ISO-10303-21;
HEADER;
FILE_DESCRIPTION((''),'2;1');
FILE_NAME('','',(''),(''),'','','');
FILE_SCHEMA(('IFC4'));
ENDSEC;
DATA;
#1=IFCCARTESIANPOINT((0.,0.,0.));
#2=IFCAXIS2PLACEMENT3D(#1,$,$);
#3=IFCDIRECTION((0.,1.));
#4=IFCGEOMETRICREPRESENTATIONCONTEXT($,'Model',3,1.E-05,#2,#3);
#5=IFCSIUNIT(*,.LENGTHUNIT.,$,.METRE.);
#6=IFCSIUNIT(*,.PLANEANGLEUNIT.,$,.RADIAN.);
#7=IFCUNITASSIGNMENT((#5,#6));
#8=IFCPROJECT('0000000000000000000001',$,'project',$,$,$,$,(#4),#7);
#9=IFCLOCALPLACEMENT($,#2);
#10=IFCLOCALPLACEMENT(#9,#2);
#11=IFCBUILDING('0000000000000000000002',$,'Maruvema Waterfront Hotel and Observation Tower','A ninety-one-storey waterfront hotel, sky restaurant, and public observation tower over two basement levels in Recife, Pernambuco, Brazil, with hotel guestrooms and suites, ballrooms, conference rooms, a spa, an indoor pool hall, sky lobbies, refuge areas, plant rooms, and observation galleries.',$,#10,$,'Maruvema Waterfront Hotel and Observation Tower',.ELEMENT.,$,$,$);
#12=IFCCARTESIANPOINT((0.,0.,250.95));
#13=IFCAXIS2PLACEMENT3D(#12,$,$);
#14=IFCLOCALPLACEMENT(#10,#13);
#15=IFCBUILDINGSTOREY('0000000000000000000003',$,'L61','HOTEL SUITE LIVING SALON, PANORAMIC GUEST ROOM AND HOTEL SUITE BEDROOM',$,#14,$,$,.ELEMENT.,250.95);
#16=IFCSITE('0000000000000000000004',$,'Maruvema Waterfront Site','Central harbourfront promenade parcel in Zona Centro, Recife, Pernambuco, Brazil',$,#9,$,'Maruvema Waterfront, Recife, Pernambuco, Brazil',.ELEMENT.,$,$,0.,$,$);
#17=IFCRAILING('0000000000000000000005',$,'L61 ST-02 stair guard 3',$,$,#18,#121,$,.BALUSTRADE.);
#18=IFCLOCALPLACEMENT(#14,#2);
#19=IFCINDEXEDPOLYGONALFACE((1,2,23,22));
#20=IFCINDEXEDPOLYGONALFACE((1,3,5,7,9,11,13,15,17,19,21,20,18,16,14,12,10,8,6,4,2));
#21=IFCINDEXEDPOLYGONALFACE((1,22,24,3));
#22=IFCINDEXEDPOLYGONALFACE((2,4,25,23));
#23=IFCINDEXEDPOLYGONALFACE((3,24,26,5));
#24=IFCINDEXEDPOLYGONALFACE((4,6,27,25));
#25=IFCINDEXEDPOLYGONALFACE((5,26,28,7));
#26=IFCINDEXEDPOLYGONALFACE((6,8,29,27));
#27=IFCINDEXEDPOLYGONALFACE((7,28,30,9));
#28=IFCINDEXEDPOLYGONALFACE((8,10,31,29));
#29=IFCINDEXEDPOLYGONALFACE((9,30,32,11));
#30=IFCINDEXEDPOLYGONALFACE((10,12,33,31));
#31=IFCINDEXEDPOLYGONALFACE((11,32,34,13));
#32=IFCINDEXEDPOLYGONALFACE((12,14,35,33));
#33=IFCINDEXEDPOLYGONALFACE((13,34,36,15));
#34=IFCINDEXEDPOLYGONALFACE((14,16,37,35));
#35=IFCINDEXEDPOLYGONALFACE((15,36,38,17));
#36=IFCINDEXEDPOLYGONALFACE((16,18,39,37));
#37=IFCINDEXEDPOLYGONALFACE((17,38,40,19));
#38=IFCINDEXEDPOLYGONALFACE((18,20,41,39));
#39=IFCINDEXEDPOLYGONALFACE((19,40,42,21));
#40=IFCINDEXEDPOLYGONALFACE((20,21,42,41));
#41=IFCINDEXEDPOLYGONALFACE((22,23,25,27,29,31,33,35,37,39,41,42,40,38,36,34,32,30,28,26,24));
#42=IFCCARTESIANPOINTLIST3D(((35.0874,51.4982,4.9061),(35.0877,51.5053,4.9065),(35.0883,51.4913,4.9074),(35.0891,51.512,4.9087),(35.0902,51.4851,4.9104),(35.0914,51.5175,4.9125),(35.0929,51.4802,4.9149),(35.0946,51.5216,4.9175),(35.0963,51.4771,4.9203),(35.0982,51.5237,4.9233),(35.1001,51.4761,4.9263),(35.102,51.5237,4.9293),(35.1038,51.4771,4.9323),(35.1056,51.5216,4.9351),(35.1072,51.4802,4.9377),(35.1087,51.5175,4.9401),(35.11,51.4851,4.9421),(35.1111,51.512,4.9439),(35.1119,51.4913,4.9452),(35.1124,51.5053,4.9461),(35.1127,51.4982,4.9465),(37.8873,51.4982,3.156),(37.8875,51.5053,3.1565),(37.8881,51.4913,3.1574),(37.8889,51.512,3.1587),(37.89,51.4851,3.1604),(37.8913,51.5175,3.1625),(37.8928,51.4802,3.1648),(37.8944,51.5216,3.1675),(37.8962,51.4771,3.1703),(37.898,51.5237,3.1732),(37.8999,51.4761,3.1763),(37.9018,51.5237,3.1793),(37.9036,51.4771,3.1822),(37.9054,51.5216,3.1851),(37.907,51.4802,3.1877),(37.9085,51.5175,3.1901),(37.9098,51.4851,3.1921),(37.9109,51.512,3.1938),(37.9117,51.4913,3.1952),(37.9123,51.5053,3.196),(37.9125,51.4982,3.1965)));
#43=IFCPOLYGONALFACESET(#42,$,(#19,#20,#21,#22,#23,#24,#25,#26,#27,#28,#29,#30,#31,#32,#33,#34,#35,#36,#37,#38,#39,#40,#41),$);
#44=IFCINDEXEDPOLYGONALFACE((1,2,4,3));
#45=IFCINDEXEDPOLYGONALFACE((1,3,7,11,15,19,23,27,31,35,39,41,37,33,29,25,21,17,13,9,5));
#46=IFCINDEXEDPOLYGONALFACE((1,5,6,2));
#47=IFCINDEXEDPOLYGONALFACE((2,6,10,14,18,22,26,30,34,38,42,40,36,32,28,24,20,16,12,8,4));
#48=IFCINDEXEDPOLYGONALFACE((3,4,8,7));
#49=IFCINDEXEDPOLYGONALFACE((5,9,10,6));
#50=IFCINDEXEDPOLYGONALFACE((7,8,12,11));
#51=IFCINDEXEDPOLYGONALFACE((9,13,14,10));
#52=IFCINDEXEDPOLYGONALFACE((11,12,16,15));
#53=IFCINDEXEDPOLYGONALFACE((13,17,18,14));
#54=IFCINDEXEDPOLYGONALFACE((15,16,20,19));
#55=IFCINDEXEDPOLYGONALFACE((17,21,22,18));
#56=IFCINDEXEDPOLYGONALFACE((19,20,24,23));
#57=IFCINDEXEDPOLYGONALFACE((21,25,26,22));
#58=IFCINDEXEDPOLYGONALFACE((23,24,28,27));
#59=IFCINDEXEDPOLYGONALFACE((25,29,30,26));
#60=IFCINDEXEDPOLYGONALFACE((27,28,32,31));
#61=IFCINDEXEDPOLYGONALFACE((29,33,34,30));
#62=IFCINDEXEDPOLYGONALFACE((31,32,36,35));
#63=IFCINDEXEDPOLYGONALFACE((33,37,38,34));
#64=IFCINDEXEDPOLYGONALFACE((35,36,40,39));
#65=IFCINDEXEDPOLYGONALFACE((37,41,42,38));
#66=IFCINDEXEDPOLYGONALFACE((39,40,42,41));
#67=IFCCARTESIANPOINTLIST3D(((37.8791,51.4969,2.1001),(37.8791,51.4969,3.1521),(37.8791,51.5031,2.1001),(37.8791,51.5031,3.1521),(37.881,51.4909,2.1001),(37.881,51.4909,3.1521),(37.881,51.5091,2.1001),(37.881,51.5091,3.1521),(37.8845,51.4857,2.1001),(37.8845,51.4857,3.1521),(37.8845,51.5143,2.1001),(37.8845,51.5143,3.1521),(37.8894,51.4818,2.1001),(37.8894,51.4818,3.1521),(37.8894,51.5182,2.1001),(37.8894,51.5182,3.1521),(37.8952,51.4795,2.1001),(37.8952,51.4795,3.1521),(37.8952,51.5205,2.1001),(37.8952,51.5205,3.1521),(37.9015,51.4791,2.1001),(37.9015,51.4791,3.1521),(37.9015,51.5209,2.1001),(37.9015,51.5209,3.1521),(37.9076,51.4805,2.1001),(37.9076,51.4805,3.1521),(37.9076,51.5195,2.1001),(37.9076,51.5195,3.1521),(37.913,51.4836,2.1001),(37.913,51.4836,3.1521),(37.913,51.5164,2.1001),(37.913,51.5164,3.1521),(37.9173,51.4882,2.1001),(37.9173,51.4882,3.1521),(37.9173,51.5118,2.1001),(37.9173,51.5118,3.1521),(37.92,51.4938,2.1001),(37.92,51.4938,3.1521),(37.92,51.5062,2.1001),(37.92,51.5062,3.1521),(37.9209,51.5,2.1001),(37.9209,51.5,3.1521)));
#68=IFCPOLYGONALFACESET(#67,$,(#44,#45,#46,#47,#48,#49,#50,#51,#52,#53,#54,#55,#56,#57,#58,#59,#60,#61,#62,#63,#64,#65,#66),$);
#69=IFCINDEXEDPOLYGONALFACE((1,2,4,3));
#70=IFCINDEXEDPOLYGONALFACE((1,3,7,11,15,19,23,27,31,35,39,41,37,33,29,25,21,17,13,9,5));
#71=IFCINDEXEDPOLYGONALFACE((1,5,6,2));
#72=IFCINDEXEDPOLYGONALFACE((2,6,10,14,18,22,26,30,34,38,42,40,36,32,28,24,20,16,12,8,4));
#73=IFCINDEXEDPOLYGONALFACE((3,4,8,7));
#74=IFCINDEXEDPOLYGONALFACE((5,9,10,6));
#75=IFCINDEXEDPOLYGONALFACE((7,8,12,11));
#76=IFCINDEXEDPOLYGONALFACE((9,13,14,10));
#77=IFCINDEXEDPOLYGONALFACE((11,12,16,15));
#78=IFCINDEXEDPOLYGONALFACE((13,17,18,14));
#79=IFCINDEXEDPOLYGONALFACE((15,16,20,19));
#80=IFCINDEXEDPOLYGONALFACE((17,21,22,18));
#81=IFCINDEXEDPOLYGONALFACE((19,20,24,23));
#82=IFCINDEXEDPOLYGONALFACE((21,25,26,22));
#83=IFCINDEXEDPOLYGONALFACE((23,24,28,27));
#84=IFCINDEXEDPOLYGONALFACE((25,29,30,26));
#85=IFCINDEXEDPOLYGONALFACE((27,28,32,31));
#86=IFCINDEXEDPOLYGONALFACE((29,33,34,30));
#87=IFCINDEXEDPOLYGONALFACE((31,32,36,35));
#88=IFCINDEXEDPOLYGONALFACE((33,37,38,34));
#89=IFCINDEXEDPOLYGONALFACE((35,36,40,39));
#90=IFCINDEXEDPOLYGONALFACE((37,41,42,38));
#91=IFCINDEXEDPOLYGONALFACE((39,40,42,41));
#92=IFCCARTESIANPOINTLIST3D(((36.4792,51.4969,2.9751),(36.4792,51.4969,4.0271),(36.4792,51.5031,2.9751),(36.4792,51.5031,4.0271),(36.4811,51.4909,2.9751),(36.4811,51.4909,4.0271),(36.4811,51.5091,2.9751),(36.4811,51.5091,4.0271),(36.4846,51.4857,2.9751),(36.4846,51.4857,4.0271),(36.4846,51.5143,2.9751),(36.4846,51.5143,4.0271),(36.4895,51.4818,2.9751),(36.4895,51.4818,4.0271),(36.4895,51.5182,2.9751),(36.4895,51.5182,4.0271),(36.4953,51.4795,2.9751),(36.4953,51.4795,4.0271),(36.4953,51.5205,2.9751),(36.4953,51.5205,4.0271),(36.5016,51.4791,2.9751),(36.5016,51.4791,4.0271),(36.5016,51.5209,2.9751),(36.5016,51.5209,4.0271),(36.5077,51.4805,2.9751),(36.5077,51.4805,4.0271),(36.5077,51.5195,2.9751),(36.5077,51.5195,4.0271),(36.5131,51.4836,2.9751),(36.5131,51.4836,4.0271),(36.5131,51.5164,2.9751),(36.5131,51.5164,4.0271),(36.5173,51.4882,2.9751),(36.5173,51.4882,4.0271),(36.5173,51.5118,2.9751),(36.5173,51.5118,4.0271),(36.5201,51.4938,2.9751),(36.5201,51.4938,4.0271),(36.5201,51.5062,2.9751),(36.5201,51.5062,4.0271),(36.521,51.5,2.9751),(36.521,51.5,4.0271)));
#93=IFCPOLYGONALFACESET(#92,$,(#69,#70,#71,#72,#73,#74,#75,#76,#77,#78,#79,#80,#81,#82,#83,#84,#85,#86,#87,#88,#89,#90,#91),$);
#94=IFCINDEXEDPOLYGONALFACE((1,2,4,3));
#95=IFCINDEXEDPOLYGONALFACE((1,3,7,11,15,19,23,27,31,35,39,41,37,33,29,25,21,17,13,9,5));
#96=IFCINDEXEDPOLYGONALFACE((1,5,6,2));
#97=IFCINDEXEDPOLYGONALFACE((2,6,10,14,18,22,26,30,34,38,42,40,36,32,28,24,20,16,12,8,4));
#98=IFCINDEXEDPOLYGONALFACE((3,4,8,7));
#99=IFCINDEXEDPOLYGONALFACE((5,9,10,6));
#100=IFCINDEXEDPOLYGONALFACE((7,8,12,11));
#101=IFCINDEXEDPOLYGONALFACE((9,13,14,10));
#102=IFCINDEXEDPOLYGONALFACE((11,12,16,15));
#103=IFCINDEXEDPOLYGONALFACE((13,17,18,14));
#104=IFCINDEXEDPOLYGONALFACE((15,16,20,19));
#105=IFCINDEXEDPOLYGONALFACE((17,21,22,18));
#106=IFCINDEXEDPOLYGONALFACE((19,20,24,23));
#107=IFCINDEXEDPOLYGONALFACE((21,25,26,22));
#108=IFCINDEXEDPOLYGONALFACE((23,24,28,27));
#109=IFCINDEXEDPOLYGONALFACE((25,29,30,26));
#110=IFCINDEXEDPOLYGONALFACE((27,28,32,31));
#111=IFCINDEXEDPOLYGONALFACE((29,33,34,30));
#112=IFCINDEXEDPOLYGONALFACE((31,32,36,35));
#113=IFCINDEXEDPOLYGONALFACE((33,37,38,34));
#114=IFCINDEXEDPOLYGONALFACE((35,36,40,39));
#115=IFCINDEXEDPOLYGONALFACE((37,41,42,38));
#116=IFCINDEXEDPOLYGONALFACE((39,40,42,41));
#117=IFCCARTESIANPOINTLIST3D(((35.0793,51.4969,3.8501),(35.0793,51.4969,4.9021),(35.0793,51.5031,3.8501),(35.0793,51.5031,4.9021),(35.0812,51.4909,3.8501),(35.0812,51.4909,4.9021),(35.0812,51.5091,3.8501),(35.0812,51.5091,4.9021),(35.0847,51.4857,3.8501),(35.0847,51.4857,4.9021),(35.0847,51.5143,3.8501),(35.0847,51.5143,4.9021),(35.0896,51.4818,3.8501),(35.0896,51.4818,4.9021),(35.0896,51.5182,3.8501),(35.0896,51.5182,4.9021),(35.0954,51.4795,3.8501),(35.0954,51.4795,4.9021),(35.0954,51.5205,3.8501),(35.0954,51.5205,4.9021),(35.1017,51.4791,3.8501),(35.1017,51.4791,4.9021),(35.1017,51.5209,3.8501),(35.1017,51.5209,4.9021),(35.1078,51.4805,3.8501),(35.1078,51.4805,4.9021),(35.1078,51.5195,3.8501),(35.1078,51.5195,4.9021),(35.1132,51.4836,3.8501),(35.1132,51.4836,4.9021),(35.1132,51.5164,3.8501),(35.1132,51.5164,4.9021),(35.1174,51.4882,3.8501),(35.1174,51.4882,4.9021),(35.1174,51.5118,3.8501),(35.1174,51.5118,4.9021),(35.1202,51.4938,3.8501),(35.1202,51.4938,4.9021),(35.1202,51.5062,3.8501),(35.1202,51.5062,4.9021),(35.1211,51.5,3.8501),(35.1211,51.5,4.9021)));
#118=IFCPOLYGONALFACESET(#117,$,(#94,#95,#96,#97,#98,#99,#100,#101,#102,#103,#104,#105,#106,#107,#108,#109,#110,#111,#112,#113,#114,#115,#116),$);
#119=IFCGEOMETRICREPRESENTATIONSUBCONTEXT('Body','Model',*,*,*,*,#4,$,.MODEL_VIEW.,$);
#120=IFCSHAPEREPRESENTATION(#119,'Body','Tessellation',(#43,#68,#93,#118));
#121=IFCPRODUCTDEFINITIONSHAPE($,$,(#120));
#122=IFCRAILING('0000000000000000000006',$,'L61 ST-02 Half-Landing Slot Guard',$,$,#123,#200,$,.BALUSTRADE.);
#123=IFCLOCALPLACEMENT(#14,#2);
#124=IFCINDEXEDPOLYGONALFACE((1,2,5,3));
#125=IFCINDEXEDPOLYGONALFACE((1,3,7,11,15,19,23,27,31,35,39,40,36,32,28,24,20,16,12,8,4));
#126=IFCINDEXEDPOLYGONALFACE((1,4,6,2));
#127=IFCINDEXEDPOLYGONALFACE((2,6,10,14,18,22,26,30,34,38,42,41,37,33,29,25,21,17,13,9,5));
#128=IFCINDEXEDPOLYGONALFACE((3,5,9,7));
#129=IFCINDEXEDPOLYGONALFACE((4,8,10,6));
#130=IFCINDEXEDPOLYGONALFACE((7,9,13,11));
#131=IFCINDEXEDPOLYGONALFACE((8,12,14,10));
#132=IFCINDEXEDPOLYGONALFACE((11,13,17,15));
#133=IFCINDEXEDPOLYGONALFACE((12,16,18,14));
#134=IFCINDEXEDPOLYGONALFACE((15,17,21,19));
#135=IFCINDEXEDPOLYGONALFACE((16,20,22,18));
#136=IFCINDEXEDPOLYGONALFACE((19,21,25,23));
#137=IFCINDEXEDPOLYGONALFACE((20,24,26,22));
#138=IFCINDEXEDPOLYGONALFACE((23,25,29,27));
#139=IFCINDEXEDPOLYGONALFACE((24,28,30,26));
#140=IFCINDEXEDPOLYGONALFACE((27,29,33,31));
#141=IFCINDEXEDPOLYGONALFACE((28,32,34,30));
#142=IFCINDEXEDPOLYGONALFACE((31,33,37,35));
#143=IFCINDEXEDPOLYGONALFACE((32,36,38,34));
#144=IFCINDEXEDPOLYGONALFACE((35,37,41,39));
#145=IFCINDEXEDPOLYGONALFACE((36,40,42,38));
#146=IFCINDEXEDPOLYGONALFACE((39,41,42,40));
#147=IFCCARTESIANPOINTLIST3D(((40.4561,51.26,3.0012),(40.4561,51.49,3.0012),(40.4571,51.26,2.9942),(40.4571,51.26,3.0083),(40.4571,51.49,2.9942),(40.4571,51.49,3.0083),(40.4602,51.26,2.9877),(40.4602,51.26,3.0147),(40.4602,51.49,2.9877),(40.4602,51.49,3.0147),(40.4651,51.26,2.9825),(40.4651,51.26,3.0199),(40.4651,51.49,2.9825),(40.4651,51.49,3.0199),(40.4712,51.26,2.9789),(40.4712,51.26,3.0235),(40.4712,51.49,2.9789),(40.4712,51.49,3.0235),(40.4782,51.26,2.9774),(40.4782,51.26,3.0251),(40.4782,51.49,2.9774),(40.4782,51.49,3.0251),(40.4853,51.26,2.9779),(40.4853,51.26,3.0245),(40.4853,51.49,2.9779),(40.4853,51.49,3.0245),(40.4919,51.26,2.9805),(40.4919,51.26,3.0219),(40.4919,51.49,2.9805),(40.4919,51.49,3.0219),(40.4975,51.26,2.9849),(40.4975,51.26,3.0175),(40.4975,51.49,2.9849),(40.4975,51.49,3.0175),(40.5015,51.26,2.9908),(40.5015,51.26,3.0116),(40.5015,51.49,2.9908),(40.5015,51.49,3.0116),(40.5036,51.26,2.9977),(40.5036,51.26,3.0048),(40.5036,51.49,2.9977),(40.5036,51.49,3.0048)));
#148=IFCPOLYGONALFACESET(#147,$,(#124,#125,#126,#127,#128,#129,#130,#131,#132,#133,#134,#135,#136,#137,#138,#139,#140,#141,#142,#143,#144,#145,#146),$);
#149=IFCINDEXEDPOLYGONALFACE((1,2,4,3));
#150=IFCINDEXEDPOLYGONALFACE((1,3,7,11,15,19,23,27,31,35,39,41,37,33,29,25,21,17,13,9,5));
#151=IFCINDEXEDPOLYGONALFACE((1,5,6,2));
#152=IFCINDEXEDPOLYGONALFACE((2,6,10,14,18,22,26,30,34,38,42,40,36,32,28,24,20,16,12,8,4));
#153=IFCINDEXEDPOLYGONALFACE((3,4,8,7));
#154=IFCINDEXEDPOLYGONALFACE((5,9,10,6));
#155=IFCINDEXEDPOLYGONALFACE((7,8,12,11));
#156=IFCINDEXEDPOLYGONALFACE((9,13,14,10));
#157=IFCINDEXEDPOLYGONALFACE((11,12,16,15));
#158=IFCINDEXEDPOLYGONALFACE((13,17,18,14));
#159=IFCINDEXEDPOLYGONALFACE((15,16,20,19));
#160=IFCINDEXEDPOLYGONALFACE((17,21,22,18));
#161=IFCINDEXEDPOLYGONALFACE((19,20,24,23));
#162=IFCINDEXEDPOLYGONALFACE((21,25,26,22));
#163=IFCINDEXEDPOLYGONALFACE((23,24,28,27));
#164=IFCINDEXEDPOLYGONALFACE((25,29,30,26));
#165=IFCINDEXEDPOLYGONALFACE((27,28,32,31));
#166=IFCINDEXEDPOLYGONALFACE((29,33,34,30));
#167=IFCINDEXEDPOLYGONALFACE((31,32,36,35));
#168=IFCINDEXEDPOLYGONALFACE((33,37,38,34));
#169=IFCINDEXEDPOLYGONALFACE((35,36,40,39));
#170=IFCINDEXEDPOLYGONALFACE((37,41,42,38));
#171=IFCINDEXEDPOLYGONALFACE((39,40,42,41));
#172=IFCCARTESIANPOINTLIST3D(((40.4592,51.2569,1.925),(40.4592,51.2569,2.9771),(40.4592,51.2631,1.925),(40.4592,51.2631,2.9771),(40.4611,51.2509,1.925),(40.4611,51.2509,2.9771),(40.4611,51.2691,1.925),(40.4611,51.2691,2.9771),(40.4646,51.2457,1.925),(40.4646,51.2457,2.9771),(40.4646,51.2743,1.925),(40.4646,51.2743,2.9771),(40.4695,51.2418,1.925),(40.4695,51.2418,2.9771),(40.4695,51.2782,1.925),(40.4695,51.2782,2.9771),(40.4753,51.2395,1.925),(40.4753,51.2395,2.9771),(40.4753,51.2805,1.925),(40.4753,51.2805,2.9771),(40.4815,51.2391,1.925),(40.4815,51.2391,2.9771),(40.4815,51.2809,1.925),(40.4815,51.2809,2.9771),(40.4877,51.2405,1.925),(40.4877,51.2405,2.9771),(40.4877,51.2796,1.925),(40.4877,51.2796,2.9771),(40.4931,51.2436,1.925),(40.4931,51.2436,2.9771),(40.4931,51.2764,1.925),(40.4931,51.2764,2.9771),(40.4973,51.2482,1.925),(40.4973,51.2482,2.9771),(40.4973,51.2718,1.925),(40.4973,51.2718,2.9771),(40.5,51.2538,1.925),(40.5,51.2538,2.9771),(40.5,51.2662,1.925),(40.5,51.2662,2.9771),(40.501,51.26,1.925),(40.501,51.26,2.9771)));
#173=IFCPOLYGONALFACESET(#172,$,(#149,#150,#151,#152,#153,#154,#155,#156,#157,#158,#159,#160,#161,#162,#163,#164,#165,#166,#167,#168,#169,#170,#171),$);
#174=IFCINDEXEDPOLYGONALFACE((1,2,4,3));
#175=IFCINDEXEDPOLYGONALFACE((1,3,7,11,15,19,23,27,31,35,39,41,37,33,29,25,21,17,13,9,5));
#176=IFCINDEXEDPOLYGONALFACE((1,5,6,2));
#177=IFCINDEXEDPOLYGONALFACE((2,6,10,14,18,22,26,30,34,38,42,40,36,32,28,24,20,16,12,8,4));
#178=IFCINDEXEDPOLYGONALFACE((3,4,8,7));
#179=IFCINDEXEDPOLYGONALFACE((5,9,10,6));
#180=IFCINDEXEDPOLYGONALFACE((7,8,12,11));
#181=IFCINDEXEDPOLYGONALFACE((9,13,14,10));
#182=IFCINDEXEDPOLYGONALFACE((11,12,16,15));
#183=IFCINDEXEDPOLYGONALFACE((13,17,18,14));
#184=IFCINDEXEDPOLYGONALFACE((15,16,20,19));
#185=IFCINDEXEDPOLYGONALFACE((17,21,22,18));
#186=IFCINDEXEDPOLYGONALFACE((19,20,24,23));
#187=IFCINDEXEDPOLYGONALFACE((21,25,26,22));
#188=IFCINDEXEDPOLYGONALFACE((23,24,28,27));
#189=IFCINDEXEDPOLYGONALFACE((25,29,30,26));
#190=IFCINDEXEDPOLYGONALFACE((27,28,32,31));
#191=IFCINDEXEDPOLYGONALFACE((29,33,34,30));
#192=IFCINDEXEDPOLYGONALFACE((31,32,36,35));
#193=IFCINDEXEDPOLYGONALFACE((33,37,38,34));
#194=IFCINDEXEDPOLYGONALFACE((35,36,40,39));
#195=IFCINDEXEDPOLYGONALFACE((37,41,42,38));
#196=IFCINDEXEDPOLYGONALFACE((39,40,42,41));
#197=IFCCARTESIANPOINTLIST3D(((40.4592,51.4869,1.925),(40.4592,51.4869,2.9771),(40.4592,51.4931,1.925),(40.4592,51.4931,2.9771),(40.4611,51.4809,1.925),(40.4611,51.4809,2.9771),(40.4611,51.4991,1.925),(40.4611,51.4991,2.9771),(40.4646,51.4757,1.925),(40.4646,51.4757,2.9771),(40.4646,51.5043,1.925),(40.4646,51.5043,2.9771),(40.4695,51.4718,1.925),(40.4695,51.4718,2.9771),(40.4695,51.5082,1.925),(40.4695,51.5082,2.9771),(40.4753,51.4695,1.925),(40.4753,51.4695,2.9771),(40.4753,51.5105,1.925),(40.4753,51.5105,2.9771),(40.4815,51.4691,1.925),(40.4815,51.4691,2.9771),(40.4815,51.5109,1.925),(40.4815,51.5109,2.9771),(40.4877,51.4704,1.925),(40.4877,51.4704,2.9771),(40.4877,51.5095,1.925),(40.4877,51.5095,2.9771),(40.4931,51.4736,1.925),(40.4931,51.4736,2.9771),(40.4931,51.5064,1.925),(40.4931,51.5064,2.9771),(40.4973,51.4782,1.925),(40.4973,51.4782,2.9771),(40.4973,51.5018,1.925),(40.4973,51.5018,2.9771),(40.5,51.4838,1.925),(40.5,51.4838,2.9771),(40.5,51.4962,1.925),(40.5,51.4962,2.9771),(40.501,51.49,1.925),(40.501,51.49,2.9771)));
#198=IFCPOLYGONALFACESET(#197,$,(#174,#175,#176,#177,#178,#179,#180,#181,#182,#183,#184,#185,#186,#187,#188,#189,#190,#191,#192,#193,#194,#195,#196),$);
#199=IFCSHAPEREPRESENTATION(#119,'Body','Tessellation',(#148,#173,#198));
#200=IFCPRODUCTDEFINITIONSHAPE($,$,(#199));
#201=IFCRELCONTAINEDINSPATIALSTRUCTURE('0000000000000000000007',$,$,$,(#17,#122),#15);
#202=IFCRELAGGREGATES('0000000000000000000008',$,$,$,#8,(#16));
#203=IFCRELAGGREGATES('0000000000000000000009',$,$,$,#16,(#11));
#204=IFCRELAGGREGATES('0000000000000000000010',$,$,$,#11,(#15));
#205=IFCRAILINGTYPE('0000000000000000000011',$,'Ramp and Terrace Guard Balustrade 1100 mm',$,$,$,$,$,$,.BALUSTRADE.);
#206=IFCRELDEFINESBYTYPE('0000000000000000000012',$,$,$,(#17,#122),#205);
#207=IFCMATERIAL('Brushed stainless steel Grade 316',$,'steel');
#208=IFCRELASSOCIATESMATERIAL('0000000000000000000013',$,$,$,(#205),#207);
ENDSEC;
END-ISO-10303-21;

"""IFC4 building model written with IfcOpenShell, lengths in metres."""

from ifc_helpers import new_model, si_unit, direction, frame, origin, origin_2d, place, context, subcontext, project, spatial, circle, extrude, material, type_object, element, save


model = new_model("IFC4")

# Units and contexts
model_context = context("Model", 3, precision=1e-05, world=origin(), true_north=direction((0.0, 1.0)))
body_context = subcontext(model_context, "Body", "Model", "MODEL_VIEW")
ifc_project = project(units=[si_unit("LENGTHUNIT", "METRE"), si_unit("PLANEANGLEUNIT", "RADIAN")], contexts=[model_context])

# Site, building, storey
site_placement = place(None, origin())
site = spatial("IfcSite", under=ifc_project, at=site_placement, Name="Maruvema Waterfront Site", Description="Central harbourfront promenade parcel in Zona Centro, Recife, Pernambuco, Brazil", LongName="Maruvema Waterfront, Recife, Pernambuco, Brazil", CompositionType="ELEMENT", RefElevation=0.0)
building_placement = place(site_placement, origin())
building = spatial("IfcBuilding", under=site, at=building_placement, Name="Maruvema Waterfront Hotel and Observation Tower", Description="A ninety-one-storey waterfront hotel, sky restaurant, and public observation tower over two basement levels in Recife, Pernambuco, Brazil, with hotel guestrooms and suites, ballrooms, conference rooms, a spa, an indoor pool hall, sky lobbies, refuge areas, plant rooms, and observation galleries.", LongName="Maruvema Waterfront Hotel and Observation Tower", CompositionType="ELEMENT")
storey_placement = place(building_placement, frame((0.0, 0.0, 250.95)))
storey = spatial("IfcBuildingStorey", under=building, at=storey_placement, Name="L61", Description="HOTEL SUITE LIVING SALON, PANORAMIC GUEST ROOM AND HOTEL SUITE BEDROOM", CompositionType="ELEMENT", Elevation=250.95)

# Railings
ifc_material_1 = material(Name="Brushed stainless steel Grade 316", Category="steel")
railing_type_1 = type_object("IfcRailingType", Name="Ramp and Terrace Guard Balustrade 1100 mm", PredefinedType="BALUSTRADE", material=ifc_material_1)
railing_1_placement = place(storey_placement, frame((37.8999, 51.5, 2.1001)))
element("IfcRailing", 1, at=railing_1_placement, inside=storey, type_object=railing_type_1, Name="L61 ST-02 stair guard 3", PredefinedType="BALUSTRADE", context=body_context, shape_type="SweptSolid", body=[
    extrude(circle(Radius=0.0239, at=origin_2d()), frame((0.0, 0.0, 1.0762), z_axis=(-0.847982, 0.0, 0.530026), x_axis=(0.0, -1.0, 0.0)), (0.0, 0.0, 1.0), 3.3018),
    extrude(circle(Radius=0.021, at=origin_2d()), origin(), (0.0, 0.0, 1.0), 1.052),
    extrude(circle(Radius=0.021, at=origin_2d()), frame((-1.3999, 0.0, 0.875)), (0.0, 0.0, 1.0), 1.052),
    extrude(circle(Radius=0.021, at=origin_2d()), frame((-2.7998, 0.0, 1.75)), (0.0, 0.0, 1.0), 1.052),
])
railing_2_placement = place(storey_placement, frame((40.48, 51.26, 1.925)))
element("IfcRailing", 2, at=railing_2_placement, inside=storey, type_object=railing_type_1, Name="L61 ST-02 Half-Landing Slot Guard", PredefinedType="BALUSTRADE", context=body_context, shape_type="SweptSolid", body=[
    extrude(circle(Radius=0.0239, at=origin_2d()), frame((0.0, 0.0, 1.0762), z_axis=(0.0, 1.0, 0.0), x_axis=(-1.0, 0.0, 0.0)), (0.0, 0.0, 1.0), 0.23),
    extrude(circle(Radius=0.021, at=origin_2d()), origin(), (0.0, 0.0, 1.0), 1.052),
    extrude(circle(Radius=0.021, at=origin_2d()), frame((0.0, 0.23, 0.0)), (0.0, 0.0, 1.0), 1.052),
])

save(model, "model.ifc")
